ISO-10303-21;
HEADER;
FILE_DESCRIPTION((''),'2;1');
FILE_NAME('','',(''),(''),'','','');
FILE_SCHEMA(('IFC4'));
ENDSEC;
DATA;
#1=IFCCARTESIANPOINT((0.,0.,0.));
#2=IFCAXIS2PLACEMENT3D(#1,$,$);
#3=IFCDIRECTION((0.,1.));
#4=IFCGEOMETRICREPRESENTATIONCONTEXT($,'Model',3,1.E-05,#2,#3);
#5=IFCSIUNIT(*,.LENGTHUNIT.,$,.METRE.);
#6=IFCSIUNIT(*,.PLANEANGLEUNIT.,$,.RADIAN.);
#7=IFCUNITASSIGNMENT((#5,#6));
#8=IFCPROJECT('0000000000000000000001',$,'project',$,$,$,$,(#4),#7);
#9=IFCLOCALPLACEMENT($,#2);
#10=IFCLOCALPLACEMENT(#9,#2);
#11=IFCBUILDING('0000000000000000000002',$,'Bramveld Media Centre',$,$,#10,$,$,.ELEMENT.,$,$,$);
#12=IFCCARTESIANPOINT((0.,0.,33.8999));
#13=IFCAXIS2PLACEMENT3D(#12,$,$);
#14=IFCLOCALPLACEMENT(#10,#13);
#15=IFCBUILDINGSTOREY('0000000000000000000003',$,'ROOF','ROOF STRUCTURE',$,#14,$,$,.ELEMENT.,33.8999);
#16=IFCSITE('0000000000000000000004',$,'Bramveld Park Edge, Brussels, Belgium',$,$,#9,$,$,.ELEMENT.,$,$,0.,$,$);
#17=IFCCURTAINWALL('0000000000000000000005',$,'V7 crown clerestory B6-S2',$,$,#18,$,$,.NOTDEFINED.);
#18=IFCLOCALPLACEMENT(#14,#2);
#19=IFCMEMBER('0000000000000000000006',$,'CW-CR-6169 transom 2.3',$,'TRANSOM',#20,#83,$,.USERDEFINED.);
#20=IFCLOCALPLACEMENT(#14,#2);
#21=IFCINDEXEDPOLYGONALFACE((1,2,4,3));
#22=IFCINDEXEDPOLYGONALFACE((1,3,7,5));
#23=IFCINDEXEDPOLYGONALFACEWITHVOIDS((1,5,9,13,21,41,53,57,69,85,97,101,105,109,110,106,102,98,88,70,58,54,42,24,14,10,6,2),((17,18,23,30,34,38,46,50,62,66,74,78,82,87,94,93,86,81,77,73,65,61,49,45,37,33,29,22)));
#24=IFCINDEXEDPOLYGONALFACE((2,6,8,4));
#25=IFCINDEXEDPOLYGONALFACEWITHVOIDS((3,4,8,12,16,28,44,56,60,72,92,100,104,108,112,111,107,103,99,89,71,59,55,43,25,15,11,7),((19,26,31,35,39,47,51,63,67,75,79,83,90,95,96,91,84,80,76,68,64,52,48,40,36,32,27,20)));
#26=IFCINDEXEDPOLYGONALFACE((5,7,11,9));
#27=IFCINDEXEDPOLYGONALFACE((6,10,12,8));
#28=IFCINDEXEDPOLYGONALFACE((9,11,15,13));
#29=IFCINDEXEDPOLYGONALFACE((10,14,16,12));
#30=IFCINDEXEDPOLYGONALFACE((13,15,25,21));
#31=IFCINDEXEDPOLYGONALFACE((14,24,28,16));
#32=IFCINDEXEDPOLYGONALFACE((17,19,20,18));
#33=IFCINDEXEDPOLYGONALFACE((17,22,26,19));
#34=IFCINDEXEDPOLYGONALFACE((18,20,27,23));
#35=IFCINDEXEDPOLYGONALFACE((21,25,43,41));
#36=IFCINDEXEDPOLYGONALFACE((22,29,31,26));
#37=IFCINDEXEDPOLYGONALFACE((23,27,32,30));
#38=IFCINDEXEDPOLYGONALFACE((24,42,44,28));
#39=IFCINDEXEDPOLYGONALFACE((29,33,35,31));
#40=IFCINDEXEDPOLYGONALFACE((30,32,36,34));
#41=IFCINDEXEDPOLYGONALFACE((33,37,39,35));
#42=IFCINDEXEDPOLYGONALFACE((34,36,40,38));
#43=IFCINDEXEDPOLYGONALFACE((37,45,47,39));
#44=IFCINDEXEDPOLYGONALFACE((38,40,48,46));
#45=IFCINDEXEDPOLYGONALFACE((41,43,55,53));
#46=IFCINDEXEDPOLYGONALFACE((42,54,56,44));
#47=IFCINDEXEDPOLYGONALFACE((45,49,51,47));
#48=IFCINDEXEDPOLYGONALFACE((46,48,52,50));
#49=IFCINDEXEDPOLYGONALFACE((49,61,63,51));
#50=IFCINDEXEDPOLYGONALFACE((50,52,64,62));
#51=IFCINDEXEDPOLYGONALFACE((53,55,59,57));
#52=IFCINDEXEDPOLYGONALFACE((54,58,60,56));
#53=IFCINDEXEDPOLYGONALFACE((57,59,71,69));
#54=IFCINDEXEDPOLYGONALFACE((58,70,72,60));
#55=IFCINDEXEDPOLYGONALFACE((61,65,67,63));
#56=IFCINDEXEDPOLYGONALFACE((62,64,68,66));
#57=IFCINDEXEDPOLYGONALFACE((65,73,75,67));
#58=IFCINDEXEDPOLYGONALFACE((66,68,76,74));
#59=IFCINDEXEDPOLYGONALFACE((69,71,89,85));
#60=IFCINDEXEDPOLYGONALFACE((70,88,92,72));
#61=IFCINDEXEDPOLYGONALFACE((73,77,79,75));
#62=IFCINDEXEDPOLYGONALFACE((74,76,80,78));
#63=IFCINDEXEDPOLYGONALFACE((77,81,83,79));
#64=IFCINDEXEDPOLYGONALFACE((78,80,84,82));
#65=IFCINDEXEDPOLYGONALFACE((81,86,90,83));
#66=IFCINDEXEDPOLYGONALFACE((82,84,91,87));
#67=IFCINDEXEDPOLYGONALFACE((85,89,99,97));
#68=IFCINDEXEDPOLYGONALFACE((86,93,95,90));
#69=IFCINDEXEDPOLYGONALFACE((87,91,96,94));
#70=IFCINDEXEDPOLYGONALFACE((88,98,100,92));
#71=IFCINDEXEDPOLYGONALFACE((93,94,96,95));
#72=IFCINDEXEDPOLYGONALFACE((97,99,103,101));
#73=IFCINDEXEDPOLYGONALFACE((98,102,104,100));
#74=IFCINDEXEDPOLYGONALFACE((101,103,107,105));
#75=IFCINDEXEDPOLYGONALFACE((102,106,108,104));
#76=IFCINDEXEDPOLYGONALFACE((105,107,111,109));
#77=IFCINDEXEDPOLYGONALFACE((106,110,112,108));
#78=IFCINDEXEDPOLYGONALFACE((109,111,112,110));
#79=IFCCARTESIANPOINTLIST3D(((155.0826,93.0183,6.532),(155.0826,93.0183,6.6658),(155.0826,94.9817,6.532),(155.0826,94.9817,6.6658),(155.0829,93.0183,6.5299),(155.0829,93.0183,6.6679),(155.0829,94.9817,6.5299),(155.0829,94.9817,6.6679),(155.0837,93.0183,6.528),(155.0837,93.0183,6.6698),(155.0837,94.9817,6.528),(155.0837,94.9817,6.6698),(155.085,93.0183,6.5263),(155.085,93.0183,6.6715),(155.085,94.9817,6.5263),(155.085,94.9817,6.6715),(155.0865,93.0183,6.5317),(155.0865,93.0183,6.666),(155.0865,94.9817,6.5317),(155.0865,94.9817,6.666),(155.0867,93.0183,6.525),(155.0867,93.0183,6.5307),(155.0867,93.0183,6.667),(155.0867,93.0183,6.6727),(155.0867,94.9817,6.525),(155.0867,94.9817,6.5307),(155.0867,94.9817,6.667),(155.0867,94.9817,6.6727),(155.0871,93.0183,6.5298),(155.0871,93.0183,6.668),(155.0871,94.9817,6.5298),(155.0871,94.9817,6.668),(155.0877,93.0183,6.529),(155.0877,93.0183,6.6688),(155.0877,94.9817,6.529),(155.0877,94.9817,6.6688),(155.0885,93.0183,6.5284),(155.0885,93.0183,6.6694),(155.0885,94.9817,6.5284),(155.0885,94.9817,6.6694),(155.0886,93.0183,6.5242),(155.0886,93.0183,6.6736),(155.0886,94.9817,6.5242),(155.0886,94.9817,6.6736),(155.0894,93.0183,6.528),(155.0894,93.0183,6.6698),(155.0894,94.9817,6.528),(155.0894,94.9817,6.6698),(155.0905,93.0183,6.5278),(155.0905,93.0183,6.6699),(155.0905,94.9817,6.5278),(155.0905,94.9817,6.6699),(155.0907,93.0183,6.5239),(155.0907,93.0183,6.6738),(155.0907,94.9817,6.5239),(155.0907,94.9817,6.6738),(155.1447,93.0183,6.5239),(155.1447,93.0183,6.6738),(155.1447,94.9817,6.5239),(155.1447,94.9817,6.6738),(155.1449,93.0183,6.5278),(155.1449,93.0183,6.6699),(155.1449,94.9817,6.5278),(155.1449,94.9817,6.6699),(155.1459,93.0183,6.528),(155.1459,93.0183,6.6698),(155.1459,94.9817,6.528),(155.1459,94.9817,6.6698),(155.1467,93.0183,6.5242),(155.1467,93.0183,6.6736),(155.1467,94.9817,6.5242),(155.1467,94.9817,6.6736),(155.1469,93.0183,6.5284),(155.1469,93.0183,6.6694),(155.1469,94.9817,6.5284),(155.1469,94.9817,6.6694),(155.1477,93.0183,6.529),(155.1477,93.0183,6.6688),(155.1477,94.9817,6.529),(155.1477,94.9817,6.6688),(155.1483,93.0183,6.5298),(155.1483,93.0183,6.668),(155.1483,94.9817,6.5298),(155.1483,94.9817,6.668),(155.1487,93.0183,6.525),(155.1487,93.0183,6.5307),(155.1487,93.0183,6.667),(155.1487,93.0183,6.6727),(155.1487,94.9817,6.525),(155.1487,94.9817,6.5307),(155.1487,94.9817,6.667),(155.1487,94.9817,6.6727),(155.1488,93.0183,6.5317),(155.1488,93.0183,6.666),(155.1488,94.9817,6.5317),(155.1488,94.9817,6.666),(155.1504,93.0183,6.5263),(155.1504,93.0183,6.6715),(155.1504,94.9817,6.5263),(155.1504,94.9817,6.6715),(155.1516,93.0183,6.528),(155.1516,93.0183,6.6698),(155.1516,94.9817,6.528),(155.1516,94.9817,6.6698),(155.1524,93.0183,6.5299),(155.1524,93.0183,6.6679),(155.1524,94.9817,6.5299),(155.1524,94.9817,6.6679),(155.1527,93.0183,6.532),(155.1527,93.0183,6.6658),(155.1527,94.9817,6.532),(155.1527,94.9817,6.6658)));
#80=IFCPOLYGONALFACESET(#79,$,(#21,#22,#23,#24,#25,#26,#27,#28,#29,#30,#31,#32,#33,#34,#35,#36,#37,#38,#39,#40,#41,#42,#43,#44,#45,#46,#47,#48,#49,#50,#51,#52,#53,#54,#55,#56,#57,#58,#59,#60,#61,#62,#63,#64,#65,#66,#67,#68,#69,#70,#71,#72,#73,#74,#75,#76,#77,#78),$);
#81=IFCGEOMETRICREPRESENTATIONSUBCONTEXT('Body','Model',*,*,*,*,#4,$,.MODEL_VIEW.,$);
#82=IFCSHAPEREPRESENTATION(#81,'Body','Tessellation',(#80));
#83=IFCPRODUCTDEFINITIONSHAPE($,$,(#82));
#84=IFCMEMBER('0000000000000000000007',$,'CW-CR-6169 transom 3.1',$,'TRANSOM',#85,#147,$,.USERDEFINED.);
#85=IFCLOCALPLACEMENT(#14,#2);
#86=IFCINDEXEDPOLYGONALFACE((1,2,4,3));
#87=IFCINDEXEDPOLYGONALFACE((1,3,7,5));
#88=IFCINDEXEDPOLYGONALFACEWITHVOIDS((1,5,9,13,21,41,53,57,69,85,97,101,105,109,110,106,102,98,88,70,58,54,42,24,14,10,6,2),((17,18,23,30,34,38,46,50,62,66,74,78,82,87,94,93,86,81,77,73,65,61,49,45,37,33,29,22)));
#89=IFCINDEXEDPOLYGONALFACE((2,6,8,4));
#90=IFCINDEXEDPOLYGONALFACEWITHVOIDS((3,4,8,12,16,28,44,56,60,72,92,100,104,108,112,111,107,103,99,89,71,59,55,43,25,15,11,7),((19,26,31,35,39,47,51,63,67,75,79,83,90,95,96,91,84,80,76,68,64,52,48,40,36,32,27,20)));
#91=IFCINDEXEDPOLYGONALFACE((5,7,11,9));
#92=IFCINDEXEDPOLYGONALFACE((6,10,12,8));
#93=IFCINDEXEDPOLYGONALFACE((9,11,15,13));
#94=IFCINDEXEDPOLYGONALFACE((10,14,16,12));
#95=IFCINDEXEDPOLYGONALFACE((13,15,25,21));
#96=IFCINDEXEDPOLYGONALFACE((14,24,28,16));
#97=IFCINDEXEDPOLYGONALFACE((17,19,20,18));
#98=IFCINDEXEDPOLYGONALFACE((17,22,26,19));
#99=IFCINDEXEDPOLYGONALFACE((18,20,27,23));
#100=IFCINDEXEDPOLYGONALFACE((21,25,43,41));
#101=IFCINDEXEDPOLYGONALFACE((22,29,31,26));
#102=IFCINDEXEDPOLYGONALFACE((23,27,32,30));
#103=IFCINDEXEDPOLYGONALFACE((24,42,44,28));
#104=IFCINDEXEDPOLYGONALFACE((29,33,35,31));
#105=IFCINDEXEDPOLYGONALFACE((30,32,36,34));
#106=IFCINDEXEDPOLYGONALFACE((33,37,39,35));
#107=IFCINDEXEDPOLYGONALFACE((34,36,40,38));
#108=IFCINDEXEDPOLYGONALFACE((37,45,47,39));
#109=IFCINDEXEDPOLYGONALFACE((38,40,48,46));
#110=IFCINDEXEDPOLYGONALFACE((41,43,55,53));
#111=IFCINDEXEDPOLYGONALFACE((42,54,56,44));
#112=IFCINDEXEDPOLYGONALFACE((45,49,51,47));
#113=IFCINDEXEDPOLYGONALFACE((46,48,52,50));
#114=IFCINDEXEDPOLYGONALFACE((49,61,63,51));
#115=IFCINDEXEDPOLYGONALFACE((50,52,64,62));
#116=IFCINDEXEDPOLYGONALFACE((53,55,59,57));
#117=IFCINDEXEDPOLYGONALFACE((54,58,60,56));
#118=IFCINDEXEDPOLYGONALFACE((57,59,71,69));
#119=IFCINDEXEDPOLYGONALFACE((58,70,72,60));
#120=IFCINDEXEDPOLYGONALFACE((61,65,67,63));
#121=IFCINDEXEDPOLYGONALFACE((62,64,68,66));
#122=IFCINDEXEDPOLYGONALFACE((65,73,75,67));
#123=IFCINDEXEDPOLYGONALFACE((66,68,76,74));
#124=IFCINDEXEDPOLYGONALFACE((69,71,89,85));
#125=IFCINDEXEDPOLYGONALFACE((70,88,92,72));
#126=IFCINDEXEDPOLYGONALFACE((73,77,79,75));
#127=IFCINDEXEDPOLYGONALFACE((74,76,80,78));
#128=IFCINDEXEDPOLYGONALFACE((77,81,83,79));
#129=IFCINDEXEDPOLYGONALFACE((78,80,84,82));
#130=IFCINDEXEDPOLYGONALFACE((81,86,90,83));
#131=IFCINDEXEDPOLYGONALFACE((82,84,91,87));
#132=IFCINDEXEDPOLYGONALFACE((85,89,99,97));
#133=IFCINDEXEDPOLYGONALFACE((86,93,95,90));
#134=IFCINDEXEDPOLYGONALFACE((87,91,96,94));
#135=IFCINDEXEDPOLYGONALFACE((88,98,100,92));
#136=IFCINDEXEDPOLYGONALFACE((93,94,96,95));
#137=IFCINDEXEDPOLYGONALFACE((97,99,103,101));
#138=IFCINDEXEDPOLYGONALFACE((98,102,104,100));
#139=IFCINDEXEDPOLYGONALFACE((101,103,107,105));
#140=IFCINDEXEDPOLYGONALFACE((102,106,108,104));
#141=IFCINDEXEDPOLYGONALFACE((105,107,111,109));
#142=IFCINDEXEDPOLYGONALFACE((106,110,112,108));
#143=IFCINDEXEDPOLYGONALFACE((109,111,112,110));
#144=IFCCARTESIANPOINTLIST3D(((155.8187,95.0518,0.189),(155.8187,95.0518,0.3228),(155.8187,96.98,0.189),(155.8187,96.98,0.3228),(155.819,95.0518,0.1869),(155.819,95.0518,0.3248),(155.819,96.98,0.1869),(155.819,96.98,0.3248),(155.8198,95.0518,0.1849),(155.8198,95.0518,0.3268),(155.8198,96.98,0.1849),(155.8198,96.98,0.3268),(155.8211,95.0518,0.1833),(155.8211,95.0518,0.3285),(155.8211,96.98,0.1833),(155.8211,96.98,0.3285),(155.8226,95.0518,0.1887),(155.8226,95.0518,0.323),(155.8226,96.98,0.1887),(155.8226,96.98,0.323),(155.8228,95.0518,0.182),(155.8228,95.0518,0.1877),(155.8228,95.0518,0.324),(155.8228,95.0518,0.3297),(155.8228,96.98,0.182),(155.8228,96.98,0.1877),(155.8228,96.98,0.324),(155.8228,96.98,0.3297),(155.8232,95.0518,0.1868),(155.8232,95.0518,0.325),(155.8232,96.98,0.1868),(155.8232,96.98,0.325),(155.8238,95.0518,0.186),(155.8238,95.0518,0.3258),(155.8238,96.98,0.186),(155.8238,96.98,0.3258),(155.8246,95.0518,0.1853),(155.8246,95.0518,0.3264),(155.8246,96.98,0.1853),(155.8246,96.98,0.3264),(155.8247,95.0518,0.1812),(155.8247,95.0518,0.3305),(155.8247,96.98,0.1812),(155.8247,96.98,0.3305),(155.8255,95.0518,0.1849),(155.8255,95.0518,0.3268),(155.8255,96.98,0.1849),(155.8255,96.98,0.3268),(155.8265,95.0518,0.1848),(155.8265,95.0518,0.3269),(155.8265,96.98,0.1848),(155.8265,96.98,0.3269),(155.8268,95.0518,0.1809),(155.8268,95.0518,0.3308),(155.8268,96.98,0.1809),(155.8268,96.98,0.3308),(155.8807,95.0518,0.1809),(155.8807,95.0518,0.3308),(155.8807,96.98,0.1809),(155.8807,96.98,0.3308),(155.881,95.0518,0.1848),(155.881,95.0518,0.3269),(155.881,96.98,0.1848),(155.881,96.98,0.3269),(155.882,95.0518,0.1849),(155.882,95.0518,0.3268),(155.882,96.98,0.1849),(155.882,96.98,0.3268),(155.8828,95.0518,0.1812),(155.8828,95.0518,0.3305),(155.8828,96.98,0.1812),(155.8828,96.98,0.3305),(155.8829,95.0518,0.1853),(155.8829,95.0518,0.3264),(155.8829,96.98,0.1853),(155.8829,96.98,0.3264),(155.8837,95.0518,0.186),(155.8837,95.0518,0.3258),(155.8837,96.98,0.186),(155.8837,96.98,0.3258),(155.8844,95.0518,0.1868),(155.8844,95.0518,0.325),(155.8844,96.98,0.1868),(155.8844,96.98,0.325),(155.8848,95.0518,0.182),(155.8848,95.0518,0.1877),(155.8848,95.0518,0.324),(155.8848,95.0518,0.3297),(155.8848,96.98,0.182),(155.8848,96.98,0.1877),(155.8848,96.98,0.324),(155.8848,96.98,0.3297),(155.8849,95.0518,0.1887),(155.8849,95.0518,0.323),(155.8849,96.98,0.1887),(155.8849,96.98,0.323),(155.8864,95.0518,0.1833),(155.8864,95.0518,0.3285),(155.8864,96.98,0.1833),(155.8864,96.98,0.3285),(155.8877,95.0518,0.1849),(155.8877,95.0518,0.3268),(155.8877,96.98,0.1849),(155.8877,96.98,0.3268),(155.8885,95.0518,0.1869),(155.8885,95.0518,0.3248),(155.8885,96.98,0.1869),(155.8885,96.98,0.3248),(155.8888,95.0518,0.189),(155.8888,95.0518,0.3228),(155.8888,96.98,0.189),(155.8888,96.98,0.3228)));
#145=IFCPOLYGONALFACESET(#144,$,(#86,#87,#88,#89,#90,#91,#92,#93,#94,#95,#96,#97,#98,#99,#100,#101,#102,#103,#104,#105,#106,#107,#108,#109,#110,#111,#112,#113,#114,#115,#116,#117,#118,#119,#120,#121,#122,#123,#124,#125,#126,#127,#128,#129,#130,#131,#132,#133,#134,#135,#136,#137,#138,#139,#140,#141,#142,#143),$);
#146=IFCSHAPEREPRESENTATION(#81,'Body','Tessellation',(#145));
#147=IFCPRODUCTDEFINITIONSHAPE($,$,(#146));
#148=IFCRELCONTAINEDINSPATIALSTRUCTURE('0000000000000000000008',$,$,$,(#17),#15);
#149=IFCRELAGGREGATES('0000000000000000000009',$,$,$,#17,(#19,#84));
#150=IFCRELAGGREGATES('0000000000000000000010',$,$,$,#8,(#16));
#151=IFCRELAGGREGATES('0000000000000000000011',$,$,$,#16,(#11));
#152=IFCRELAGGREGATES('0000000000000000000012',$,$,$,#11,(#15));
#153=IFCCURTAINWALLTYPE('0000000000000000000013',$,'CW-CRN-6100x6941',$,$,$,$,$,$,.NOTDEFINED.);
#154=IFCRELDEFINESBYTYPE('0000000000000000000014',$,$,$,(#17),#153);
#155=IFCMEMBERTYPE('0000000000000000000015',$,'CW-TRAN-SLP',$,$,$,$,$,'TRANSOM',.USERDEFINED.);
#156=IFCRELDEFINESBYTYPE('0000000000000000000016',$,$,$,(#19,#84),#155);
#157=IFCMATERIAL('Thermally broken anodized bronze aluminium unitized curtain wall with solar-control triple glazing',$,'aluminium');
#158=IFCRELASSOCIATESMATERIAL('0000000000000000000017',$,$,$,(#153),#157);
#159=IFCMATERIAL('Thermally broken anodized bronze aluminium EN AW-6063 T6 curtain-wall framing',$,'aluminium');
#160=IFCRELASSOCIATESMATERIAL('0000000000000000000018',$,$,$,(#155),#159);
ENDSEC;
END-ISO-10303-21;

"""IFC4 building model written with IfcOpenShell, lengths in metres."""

from ifc_helpers import new_model, si_unit, direction, frame, origin, origin_2d, place, context, subcontext, project, spatial, hollow_rectangle, extrude, material, material_profile, profile_set, type_object, element, aggregate, save


model = new_model("IFC4")

# Units and contexts
model_context = context("Model", 3, precision=1e-05, world=origin(), true_north=direction((0.0, 1.0)))
body_context = subcontext(model_context, "Body", "Model", "MODEL_VIEW")
ifc_project = project(units=[si_unit("LENGTHUNIT", "METRE"), si_unit("PLANEANGLEUNIT", "RADIAN")], contexts=[model_context])

# Site, building, storey
site_placement = place(None, origin())
site = spatial("IfcSite", under=ifc_project, at=site_placement, Name="Bramveld Park Edge, Brussels, Belgium", CompositionType="ELEMENT", RefElevation=0.0)
building_placement = place(site_placement, origin())
building = spatial("IfcBuilding", under=site, at=building_placement, Name="Bramveld Media Centre", CompositionType="ELEMENT")
storey_placement = place(building_placement, frame((0.0, 0.0, 33.8999)))
storey = spatial("IfcBuildingStorey", under=building, at=storey_placement, Name="ROOF", Description="ROOF STRUCTURE", CompositionType="ELEMENT", Elevation=33.8999)

# Curtain wall
ifc_material_1 = material(Name="Thermally broken anodized bronze aluminium unitized curtain wall with solar-control triple glazing", Category="aluminium")
curtain_wall_type = type_object("IfcCurtainWallType", Name="CW-CRN-6100x6941", PredefinedType="NOTDEFINED", material=ifc_material_1)
curtain_wall_1_placement = place(storey_placement, origin())
curtain_wall_1 = element("IfcCurtainWall", 1, at=curtain_wall_1_placement, inside=storey, type_object=curtain_wall_type, Name="V7 crown clerestory B6-S2", PredefinedType="NOTDEFINED")

# Members
ifc_material_2 = material(Name="Thermally broken anodized bronze aluminium EN AW-6063 T6 curtain-wall framing", Category="aluminium")
ifc_material_profile_1 = material_profile(ifc_material_2, hollow_rectangle(XDim=0.0701, YDim=0.1499, WallThickness=0.0039, InnerFilletRadius=0.0039, OuterFilletRadius=0.0081, at=origin_2d()), Name="AL-TRAN 70x150")
ifc_profile_set_1 = profile_set([ifc_material_profile_1], Name="Thermally broken anodized bronze aluminium EN AW-6063 T6 curtain-wall framing")
member_type_1 = type_object("IfcMemberType", Name="CW-TRAN-SLP", ElementType="TRANSOM", PredefinedType="USERDEFINED", material=ifc_profile_set_1)
member_1_placement = place(storey_placement, frame((155.1177, 93.0183, 6.5989), z_axis=(0.0, 1.0, 0.0), x_axis=(-1.0, 0.0, 0.0)))
member_1 = element("IfcMember", 2, at=member_1_placement, type_object=member_type_1, Name="CW-CR-6169 transom 2.3", ObjectType="TRANSOM", PredefinedType="USERDEFINED", context=body_context, shape_type="SweptSolid", body=[
    extrude(hollow_rectangle(XDim=0.0701, YDim=0.1499, WallThickness=0.0039, InnerFilletRadius=0.0039, OuterFilletRadius=0.0081, at=origin_2d()), origin(), (0.0, 0.0, 1.0), 1.9634),
])
member_2_placement = place(storey_placement, frame((155.8538, 95.0518, 0.2559), z_axis=(0.0, 1.0, 0.0), x_axis=(-1.0, 0.0, 0.0)))
member_2 = element("IfcMember", 3, at=member_2_placement, type_object=member_type_1, Name="CW-CR-6169 transom 3.1", ObjectType="TRANSOM", PredefinedType="USERDEFINED", context=body_context, shape_type="SweptSolid", body=[
    extrude(hollow_rectangle(XDim=0.0701, YDim=0.1499, WallThickness=0.0039, InnerFilletRadius=0.0039, OuterFilletRadius=0.0081, at=origin_2d()), origin(), (0.0, 0.0, 1.0), 1.9282),
])

aggregate(curtain_wall_1, [member_1, member_2])

save(model, "model.ifc")
